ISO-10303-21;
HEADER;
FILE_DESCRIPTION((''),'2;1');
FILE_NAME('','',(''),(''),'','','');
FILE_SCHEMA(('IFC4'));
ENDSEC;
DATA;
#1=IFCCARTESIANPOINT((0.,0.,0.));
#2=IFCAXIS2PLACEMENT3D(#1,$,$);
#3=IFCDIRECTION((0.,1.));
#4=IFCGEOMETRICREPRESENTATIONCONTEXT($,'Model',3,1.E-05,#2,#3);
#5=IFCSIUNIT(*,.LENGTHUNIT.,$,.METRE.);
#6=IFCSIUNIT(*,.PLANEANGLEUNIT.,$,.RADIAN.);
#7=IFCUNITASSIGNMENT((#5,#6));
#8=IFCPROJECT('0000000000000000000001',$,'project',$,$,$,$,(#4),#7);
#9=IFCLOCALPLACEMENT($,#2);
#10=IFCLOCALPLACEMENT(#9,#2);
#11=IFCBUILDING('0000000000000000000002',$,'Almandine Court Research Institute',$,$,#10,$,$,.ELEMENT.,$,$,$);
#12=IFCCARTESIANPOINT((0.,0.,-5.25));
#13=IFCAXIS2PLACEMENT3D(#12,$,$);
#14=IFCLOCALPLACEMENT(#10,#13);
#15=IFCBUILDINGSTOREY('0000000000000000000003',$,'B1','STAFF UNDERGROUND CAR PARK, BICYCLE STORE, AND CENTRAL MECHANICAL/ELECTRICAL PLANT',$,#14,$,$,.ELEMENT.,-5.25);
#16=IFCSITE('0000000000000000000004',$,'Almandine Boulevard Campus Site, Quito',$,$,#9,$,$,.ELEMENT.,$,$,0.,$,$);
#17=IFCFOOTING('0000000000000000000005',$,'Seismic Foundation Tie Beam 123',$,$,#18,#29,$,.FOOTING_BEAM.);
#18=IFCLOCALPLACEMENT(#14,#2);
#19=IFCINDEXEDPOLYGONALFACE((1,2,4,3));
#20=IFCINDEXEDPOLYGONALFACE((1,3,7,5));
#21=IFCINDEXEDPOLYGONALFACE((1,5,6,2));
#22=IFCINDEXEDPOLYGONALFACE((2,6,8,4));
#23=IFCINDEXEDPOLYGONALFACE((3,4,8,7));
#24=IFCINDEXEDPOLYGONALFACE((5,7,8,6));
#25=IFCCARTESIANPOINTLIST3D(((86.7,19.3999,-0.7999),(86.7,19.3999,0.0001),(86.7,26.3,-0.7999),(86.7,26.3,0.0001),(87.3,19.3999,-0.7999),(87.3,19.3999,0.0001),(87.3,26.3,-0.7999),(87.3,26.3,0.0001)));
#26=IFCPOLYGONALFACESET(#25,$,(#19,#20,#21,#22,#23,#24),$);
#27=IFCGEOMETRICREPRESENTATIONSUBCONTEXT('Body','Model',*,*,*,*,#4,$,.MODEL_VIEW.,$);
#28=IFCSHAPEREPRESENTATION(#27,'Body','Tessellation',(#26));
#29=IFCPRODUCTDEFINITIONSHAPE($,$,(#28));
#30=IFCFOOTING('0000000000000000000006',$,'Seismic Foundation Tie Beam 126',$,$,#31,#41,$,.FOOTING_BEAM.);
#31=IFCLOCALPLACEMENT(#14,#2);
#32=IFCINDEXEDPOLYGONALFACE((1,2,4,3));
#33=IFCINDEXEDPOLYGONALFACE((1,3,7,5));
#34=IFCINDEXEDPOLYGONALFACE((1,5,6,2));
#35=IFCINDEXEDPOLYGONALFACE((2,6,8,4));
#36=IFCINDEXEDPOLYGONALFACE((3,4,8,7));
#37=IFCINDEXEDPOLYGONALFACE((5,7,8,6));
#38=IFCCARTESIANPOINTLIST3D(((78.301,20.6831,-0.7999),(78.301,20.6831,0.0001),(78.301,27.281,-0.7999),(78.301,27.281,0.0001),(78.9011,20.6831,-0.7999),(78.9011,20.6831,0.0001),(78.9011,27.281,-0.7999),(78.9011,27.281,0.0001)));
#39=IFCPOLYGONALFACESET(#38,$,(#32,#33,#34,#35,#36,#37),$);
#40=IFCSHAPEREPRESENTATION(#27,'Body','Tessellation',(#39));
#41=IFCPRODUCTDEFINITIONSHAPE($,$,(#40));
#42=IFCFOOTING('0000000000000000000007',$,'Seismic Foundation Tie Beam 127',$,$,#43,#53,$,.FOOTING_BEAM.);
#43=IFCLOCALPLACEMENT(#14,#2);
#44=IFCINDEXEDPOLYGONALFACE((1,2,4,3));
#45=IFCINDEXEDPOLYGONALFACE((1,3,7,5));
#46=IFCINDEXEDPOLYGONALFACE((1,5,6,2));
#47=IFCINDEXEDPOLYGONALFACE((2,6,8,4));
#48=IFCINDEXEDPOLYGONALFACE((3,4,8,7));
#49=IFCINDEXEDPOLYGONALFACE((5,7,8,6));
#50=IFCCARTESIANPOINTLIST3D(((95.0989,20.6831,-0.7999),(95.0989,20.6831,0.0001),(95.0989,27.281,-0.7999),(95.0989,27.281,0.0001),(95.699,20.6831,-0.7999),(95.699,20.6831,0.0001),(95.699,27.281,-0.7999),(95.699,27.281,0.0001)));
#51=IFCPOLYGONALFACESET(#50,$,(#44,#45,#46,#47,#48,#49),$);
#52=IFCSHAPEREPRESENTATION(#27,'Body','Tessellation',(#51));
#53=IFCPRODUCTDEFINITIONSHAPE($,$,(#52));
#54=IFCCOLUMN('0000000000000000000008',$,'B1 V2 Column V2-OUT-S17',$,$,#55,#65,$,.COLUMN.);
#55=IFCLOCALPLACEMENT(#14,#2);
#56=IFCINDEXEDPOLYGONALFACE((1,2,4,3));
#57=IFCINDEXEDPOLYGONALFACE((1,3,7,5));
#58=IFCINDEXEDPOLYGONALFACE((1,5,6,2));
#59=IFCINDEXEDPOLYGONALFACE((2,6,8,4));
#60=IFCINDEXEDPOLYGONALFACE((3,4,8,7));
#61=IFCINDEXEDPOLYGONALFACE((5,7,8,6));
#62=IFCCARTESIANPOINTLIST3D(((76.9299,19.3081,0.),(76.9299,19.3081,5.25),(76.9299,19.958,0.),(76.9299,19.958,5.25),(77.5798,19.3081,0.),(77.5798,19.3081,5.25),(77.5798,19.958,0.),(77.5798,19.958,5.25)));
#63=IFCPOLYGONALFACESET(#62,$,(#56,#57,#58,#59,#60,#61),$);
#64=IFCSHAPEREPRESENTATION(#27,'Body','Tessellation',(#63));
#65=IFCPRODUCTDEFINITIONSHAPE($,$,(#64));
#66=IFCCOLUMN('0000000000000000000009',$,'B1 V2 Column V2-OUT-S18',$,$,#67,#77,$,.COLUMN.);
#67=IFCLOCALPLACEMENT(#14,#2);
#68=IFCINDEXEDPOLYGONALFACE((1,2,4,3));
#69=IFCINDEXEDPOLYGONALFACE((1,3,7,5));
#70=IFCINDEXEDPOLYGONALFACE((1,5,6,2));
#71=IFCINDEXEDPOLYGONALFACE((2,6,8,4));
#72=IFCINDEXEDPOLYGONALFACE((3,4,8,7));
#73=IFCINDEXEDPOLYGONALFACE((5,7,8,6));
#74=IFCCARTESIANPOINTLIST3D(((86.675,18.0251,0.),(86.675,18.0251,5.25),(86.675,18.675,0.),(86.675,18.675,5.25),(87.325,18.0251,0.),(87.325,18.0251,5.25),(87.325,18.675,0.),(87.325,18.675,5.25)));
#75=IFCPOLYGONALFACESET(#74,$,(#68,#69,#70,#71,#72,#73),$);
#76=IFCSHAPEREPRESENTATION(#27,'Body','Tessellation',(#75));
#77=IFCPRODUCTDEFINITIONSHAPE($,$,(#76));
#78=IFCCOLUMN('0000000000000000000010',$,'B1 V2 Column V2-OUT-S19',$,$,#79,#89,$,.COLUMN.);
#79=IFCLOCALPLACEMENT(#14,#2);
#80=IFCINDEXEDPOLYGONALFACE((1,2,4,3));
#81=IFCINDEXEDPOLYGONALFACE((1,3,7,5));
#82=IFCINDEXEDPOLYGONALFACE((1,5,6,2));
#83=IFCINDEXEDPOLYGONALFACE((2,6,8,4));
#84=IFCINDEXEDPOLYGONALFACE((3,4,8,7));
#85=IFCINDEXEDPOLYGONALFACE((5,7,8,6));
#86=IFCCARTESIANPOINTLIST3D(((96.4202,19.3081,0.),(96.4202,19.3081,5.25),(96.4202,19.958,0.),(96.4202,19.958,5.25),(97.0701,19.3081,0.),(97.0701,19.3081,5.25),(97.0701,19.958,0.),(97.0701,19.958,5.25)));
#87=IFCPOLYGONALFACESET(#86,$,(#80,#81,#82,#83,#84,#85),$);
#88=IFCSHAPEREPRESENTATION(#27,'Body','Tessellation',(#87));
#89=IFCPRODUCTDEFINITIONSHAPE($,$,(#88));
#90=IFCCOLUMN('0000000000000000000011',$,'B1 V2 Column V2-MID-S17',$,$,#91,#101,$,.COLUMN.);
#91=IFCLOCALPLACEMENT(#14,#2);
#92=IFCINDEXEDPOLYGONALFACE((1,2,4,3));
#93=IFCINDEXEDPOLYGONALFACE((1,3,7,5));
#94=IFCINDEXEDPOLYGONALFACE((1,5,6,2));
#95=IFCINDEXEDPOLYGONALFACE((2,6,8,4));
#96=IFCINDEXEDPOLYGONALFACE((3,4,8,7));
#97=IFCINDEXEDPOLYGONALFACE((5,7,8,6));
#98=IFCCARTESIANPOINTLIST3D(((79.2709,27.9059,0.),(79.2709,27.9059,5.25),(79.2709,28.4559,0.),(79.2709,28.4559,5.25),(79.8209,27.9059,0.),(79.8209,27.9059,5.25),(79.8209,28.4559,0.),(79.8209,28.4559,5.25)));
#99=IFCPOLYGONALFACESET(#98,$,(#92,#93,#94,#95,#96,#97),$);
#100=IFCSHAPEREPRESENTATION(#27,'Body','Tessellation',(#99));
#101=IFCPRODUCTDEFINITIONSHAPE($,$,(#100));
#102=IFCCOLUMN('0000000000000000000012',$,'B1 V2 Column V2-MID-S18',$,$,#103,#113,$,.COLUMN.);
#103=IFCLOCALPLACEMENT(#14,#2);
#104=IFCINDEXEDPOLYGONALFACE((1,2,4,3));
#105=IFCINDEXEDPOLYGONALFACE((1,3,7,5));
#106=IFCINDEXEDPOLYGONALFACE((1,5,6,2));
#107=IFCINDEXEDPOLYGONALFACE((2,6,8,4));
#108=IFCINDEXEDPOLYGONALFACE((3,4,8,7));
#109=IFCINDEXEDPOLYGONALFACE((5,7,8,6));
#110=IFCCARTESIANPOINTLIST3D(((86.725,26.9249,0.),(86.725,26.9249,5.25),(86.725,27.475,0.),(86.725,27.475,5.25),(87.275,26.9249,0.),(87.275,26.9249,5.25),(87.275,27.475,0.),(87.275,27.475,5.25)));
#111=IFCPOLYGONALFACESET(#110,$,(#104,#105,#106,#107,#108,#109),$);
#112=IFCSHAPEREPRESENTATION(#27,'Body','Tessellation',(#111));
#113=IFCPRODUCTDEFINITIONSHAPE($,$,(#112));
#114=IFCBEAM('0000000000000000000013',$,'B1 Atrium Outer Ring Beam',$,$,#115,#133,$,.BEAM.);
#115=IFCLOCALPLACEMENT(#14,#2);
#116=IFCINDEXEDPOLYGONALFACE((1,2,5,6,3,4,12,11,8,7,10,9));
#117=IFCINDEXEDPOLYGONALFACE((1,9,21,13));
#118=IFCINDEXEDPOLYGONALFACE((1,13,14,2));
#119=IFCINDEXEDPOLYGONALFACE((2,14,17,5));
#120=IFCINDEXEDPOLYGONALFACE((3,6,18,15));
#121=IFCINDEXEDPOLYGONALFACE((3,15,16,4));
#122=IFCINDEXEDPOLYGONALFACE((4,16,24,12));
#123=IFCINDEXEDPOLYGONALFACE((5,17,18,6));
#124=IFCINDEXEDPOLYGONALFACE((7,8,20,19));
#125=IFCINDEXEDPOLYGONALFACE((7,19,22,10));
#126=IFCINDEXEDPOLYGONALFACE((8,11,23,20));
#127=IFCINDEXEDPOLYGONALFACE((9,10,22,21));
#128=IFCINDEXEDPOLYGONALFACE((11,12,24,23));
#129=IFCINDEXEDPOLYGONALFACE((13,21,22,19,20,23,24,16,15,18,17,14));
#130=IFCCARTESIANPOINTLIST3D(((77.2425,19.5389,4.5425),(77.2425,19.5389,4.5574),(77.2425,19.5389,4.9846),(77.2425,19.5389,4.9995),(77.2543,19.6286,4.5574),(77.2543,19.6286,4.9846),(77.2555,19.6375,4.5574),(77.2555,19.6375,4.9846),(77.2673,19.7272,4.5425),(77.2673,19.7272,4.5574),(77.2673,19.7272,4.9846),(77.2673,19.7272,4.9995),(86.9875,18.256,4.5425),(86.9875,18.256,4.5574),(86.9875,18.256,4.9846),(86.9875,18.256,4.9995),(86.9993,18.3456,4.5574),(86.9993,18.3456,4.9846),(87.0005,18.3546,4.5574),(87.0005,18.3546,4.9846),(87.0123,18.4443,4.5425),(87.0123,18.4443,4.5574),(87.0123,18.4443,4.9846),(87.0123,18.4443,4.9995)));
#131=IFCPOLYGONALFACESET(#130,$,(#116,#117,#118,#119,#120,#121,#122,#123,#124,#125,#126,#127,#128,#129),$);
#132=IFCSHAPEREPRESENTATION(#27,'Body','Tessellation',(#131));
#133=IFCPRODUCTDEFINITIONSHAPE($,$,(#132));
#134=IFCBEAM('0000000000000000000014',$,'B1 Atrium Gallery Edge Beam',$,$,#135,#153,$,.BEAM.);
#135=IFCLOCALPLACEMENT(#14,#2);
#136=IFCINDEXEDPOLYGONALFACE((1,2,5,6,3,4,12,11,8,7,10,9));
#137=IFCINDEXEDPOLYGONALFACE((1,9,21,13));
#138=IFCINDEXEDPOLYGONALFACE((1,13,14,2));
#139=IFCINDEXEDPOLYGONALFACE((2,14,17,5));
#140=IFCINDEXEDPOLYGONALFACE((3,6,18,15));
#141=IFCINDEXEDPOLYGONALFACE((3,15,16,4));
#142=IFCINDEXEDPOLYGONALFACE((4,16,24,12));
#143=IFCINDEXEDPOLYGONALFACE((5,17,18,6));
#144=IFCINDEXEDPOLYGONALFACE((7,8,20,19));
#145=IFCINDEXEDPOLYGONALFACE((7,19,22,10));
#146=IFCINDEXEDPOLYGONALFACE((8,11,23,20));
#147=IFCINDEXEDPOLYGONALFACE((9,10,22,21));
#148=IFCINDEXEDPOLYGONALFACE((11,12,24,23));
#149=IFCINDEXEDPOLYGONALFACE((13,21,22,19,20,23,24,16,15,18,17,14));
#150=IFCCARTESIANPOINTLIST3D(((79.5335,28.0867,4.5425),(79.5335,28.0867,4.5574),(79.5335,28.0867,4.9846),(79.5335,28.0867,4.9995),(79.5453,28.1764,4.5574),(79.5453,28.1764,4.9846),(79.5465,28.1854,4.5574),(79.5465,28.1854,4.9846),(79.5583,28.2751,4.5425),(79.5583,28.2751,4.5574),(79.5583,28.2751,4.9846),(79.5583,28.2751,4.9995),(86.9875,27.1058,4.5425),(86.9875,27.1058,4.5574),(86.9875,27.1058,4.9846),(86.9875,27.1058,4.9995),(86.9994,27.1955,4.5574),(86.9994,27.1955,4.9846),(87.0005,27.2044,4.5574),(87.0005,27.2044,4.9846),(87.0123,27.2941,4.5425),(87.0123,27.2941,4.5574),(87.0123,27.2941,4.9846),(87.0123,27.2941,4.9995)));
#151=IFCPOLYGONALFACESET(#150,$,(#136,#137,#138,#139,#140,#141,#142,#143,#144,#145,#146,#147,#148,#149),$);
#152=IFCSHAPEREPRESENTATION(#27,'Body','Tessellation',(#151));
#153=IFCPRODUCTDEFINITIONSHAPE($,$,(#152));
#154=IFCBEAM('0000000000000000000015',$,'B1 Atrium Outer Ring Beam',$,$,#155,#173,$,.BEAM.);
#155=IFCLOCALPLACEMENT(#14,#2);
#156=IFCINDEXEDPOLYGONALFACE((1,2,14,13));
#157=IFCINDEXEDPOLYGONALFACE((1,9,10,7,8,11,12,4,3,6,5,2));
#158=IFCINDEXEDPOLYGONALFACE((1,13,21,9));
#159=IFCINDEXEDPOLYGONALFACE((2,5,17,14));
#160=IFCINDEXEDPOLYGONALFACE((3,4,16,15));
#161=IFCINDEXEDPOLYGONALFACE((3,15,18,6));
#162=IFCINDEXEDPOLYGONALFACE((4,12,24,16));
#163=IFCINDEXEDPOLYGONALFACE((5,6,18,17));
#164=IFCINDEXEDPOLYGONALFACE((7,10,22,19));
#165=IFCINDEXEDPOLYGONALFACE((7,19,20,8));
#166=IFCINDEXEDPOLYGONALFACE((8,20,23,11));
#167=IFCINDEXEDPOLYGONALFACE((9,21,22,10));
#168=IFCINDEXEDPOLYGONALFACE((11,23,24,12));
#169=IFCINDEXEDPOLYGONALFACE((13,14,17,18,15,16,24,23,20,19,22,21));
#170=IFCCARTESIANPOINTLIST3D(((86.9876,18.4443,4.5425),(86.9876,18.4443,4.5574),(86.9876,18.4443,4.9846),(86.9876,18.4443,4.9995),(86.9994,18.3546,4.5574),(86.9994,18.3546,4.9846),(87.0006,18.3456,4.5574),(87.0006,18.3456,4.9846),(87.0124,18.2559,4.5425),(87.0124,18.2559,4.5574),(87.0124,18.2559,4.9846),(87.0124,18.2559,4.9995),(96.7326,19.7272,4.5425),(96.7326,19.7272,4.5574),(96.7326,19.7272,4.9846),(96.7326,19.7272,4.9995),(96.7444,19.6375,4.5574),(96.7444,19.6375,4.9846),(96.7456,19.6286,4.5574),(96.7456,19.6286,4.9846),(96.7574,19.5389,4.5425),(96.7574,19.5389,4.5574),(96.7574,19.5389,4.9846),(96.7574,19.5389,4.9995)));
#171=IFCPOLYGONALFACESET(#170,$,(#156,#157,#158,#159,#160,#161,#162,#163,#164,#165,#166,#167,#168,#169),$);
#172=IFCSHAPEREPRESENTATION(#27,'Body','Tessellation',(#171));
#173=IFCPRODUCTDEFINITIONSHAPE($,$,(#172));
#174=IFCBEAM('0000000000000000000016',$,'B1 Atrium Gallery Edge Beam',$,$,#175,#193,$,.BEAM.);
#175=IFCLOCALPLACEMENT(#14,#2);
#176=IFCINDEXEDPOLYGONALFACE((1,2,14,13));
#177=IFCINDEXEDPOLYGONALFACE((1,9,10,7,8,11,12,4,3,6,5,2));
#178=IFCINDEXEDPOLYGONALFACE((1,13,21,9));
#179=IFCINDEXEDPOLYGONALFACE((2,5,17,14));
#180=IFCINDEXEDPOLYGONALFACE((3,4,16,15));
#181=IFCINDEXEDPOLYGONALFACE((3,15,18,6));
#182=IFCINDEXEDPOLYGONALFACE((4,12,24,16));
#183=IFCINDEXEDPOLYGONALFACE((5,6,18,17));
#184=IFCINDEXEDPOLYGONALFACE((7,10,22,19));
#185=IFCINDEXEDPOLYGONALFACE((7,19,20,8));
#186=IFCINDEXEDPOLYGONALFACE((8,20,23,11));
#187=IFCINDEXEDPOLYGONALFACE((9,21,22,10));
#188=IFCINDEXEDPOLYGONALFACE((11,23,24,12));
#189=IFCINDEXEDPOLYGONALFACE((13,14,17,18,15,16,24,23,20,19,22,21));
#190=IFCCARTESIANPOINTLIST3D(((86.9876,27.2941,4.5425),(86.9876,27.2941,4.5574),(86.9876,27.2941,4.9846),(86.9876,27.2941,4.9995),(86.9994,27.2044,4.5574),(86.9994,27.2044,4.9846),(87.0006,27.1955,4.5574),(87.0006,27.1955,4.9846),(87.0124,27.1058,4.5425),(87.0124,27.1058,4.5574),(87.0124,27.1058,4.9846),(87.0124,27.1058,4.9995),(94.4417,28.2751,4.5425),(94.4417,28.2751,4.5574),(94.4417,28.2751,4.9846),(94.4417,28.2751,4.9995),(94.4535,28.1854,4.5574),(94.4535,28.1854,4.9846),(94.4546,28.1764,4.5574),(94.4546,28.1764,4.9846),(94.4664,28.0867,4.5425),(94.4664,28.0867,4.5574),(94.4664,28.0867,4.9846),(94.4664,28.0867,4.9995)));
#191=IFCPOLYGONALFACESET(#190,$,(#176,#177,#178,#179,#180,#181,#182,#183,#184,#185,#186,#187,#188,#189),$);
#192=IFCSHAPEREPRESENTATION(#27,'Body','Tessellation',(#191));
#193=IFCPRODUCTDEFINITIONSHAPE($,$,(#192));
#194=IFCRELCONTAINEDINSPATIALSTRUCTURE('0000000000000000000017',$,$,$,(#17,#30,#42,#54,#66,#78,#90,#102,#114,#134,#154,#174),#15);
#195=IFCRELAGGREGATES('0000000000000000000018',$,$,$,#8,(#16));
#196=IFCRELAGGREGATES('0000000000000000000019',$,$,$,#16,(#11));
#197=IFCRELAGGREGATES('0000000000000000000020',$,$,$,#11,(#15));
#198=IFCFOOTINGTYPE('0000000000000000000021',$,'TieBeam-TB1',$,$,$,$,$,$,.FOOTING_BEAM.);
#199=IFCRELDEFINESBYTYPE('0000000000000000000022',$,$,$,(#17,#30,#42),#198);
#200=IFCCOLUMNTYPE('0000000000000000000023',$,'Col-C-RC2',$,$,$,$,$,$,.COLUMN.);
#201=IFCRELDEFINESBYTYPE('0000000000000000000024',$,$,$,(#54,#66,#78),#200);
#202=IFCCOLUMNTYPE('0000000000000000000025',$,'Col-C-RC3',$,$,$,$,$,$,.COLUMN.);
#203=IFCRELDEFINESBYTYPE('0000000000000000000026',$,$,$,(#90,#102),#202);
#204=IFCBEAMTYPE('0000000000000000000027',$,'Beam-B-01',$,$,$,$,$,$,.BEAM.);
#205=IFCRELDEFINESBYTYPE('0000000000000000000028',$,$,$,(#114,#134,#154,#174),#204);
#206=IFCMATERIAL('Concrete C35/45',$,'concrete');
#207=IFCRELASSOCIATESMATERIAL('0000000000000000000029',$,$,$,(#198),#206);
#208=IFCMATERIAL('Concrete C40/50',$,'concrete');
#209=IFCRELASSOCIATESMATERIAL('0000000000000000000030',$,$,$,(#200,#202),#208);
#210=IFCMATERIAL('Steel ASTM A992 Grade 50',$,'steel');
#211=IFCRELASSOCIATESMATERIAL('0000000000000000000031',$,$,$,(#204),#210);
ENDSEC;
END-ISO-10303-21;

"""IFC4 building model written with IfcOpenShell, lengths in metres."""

from ifc_helpers import new_model, si_unit, direction, frame, origin, origin_2d, place, context, subcontext, project, spatial, rectangle, i_section, extrude, material, material_profile, profile_set, type_object, element, save


model = new_model("IFC4")

# Units and contexts
model_context = context("Model", 3, precision=1e-05, world=origin(), true_north=direction((0.0, 1.0)))
body_context = subcontext(model_context, "Body", "Model", "MODEL_VIEW")
ifc_project = project(units=[si_unit("LENGTHUNIT", "METRE"), si_unit("PLANEANGLEUNIT", "RADIAN")], contexts=[model_context])

# Site, building, storey
site_placement = place(None, origin())
site = spatial("IfcSite", under=ifc_project, at=site_placement, Name="Almandine Boulevard Campus Site, Quito", CompositionType="ELEMENT", RefElevation=0.0)
building_placement = place(site_placement, origin())
building = spatial("IfcBuilding", under=site, at=building_placement, Name="Almandine Court Research Institute", CompositionType="ELEMENT")
storey_placement = place(building_placement, frame((0.0, 0.0, -5.25)))
storey = spatial("IfcBuildingStorey", under=building, at=storey_placement, Name="B1", Description="STAFF UNDERGROUND CAR PARK, BICYCLE STORE, AND CENTRAL MECHANICAL/ELECTRICAL PLANT", CompositionType="ELEMENT", Elevation=-5.25)

# Shared definitions
ifc_material_1 = material(Name="Concrete C35/45", Category="concrete")

# Footings
ifc_material_profile_1 = material_profile(ifc_material_1, rectangle(XDim=0.6001, YDim=0.8, at=origin_2d()), Name="RC TIE 600x800")
ifc_profile_set_1 = profile_set([ifc_material_profile_1], Name="Concrete C35/45")
footing_type_1 = type_object("IfcFootingType", Name="TieBeam-TB1", PredefinedType="FOOTING_BEAM", material=ifc_profile_set_1)
footing_1_placement = place(storey_placement, frame((87.0, 19.3999, -0.3999), z_axis=(0.0, 1.0, 0.0), x_axis=(-1.0, 0.0, 0.0)))
element("IfcFooting", 1, at=footing_1_placement, inside=storey, type_object=footing_type_1, Name="Seismic Foundation Tie Beam 123", PredefinedType="FOOTING_BEAM", context=body_context, shape_type="SweptSolid", body=[
    extrude(rectangle(XDim=0.6001, YDim=0.8, at=origin_2d()), origin(), (0.0, 0.0, 1.0), 6.9001),
])
for number, where, z_axis, x_axis, name in (
    (2, (78.6011, 20.6831, -0.3999), (0.0, 1.0, 0.0), (-1.0, 0.0, 0.0), "Seismic Foundation Tie Beam 126"),
    (3, (95.3989, 20.6831, -0.3999), (0.0, 1.0, 0.0), (-1.0, 0.0, 0.0), "Seismic Foundation Tie Beam 127"),
):
    element("IfcFooting", number, at=place(storey_placement, frame(where, z_axis=z_axis, x_axis=x_axis)), inside=storey, type_object=footing_type_1, Name=name, PredefinedType="FOOTING_BEAM", context=body_context, shape_type="SweptSolid", body=[
        extrude(rectangle(XDim=0.6001, YDim=0.8, at=origin_2d()), origin(), (0.0, 0.0, 1.0), 6.5979),
    ])

# Columns
ifc_material_2 = material(Name="Concrete C40/50", Category="concrete")
ifc_material_profile_2 = material_profile(ifc_material_2, rectangle(XDim=0.6499, YDim=0.6499, at=origin_2d()), Name="RC 650x650")
ifc_profile_set_2 = profile_set([ifc_material_profile_2], Name="Concrete C40/50")
column_type_1 = type_object("IfcColumnType", Name="Col-C-RC2", PredefinedType="COLUMN", material=ifc_profile_set_2)
for number, where, z_axis, x_axis, name in (
    (4, (77.2549, 19.6331, 0.0), (0.0, 0.0, 1.0), (1.0, 0.0, 0.0), "B1 V2 Column V2-OUT-S17"),
    (5, (87.0, 18.3501, 0.0), (0.0, 0.0, 1.0), (1.0, 0.0, 0.0), "B1 V2 Column V2-OUT-S18"),
    (6, (96.7451, 19.6331, 0.0), (0.0, 0.0, 1.0), (1.0, 0.0, 0.0), "B1 V2 Column V2-OUT-S19"),
):
    element("IfcColumn", number, at=place(storey_placement, frame(where, z_axis=z_axis, x_axis=x_axis)), inside=storey, type_object=column_type_1, Name=name, PredefinedType="COLUMN", context=body_context, shape_type="SweptSolid", body=[
        extrude(rectangle(XDim=0.6499, YDim=0.6499, at=origin_2d()), origin(), (0.0, 0.0, 1.0), 5.25),
    ])
ifc_material_profile_3 = material_profile(ifc_material_2, rectangle(XDim=0.55, YDim=0.55, at=origin_2d()), Name="RC 550x550")
ifc_profile_set_3 = profile_set([ifc_material_profile_3], Name="Concrete C40/50")
column_type_2 = type_object("IfcColumnType", Name="Col-C-RC3", PredefinedType="COLUMN", material=ifc_profile_set_3)
for number, where, z_axis, x_axis, name in (
    (7, (79.5459, 28.1809, 0.0), (0.0, 0.0, 1.0), (1.0, 0.0, 0.0), "B1 V2 Column V2-MID-S17"),
    (8, (87.0, 27.2, 0.0), (0.0, 0.0, 1.0), (1.0, 0.0, 0.0), "B1 V2 Column V2-MID-S18"),
):
    element("IfcColumn", number, at=place(storey_placement, frame(where, z_axis=z_axis, x_axis=x_axis)), inside=storey, type_object=column_type_2, Name=name, PredefinedType="COLUMN", context=body_context, shape_type="SweptSolid", body=[
        extrude(rectangle(XDim=0.55, YDim=0.55, at=origin_2d()), origin(), (0.0, 0.0, 1.0), 5.25),
    ])

# Beams
ifc_material_3 = material(Name="Steel ASTM A992 Grade 50", Category="steel")
ifc_material_profile_4 = material_profile(ifc_material_3, i_section(OverallWidth=0.1899, OverallDepth=0.457, WebThickness=0.009, FlangeThickness=0.0149, at=origin_2d()), Name="W460x74")
ifc_profile_set_4 = profile_set([ifc_material_profile_4], Name="Steel ASTM A992 Grade 50")
beam_type_1 = type_object("IfcBeamType", Name="Beam-B-01", PredefinedType="BEAM", material=ifc_profile_set_4)
beam_1_placement = place(storey_placement, frame((77.2549, 19.6331, 4.771), z_axis=(0.991445, -0.130525, 0.0), x_axis=(0.130525, 0.991445, 0.0)))
element("IfcBeam", 9, at=beam_1_placement, inside=storey, type_object=beam_type_1, Name="B1 Atrium Outer Ring Beam", PredefinedType="BEAM", context=body_context, shape_type="SweptSolid", body=[
    extrude(i_section(OverallWidth=0.1899, OverallDepth=0.457, WebThickness=0.009, FlangeThickness=0.0149, at=origin_2d()), origin(), (0.0, 0.0, 1.0), 9.8291),
])
beam_2_placement = place(storey_placement, frame((79.5459, 28.1809, 4.771), z_axis=(0.991452, -0.130475, 0.0), x_axis=(0.130475, 0.991452, 0.0)))
element("IfcBeam", 10, at=beam_2_placement, inside=storey, type_object=beam_type_1, Name="B1 Atrium Gallery Edge Beam", PredefinedType="BEAM", context=body_context, shape_type="SweptSolid", body=[
    extrude(i_section(OverallWidth=0.1899, OverallDepth=0.457, WebThickness=0.009, FlangeThickness=0.0149, at=origin_2d()), origin(), (0.0, 0.0, 1.0), 7.5183),
])
beam_3_placement = place(storey_placement, frame((87.0, 18.3501, 4.771), z_axis=(0.991445, 0.130525, 0.0), x_axis=(-0.130525, 0.991445, 0.0)))
element("IfcBeam", 11, at=beam_3_placement, inside=storey, type_object=beam_type_1, Name="B1 Atrium Outer Ring Beam", PredefinedType="BEAM", context=body_context, shape_type="SweptSolid", body=[
    extrude(i_section(OverallWidth=0.1899, OverallDepth=0.457, WebThickness=0.009, FlangeThickness=0.0149, at=origin_2d()), origin(), (0.0, 0.0, 1.0), 9.8291),
])
beam_4_placement = place(storey_placement, frame((87.0, 27.2, 4.771), z_axis=(0.991452, 0.130475, 0.0), x_axis=(-0.130475, 0.991452, 0.0)))
element("IfcBeam", 12, at=beam_4_placement, inside=storey, type_object=beam_type_1, Name="B1 Atrium Gallery Edge Beam", PredefinedType="BEAM", context=body_context, shape_type="SweptSolid", body=[
    extrude(i_section(OverallWidth=0.1899, OverallDepth=0.457, WebThickness=0.009, FlangeThickness=0.0149, at=origin_2d()), origin(), (0.0, 0.0, 1.0), 7.5183),
])

save(model, "model.ifc")
